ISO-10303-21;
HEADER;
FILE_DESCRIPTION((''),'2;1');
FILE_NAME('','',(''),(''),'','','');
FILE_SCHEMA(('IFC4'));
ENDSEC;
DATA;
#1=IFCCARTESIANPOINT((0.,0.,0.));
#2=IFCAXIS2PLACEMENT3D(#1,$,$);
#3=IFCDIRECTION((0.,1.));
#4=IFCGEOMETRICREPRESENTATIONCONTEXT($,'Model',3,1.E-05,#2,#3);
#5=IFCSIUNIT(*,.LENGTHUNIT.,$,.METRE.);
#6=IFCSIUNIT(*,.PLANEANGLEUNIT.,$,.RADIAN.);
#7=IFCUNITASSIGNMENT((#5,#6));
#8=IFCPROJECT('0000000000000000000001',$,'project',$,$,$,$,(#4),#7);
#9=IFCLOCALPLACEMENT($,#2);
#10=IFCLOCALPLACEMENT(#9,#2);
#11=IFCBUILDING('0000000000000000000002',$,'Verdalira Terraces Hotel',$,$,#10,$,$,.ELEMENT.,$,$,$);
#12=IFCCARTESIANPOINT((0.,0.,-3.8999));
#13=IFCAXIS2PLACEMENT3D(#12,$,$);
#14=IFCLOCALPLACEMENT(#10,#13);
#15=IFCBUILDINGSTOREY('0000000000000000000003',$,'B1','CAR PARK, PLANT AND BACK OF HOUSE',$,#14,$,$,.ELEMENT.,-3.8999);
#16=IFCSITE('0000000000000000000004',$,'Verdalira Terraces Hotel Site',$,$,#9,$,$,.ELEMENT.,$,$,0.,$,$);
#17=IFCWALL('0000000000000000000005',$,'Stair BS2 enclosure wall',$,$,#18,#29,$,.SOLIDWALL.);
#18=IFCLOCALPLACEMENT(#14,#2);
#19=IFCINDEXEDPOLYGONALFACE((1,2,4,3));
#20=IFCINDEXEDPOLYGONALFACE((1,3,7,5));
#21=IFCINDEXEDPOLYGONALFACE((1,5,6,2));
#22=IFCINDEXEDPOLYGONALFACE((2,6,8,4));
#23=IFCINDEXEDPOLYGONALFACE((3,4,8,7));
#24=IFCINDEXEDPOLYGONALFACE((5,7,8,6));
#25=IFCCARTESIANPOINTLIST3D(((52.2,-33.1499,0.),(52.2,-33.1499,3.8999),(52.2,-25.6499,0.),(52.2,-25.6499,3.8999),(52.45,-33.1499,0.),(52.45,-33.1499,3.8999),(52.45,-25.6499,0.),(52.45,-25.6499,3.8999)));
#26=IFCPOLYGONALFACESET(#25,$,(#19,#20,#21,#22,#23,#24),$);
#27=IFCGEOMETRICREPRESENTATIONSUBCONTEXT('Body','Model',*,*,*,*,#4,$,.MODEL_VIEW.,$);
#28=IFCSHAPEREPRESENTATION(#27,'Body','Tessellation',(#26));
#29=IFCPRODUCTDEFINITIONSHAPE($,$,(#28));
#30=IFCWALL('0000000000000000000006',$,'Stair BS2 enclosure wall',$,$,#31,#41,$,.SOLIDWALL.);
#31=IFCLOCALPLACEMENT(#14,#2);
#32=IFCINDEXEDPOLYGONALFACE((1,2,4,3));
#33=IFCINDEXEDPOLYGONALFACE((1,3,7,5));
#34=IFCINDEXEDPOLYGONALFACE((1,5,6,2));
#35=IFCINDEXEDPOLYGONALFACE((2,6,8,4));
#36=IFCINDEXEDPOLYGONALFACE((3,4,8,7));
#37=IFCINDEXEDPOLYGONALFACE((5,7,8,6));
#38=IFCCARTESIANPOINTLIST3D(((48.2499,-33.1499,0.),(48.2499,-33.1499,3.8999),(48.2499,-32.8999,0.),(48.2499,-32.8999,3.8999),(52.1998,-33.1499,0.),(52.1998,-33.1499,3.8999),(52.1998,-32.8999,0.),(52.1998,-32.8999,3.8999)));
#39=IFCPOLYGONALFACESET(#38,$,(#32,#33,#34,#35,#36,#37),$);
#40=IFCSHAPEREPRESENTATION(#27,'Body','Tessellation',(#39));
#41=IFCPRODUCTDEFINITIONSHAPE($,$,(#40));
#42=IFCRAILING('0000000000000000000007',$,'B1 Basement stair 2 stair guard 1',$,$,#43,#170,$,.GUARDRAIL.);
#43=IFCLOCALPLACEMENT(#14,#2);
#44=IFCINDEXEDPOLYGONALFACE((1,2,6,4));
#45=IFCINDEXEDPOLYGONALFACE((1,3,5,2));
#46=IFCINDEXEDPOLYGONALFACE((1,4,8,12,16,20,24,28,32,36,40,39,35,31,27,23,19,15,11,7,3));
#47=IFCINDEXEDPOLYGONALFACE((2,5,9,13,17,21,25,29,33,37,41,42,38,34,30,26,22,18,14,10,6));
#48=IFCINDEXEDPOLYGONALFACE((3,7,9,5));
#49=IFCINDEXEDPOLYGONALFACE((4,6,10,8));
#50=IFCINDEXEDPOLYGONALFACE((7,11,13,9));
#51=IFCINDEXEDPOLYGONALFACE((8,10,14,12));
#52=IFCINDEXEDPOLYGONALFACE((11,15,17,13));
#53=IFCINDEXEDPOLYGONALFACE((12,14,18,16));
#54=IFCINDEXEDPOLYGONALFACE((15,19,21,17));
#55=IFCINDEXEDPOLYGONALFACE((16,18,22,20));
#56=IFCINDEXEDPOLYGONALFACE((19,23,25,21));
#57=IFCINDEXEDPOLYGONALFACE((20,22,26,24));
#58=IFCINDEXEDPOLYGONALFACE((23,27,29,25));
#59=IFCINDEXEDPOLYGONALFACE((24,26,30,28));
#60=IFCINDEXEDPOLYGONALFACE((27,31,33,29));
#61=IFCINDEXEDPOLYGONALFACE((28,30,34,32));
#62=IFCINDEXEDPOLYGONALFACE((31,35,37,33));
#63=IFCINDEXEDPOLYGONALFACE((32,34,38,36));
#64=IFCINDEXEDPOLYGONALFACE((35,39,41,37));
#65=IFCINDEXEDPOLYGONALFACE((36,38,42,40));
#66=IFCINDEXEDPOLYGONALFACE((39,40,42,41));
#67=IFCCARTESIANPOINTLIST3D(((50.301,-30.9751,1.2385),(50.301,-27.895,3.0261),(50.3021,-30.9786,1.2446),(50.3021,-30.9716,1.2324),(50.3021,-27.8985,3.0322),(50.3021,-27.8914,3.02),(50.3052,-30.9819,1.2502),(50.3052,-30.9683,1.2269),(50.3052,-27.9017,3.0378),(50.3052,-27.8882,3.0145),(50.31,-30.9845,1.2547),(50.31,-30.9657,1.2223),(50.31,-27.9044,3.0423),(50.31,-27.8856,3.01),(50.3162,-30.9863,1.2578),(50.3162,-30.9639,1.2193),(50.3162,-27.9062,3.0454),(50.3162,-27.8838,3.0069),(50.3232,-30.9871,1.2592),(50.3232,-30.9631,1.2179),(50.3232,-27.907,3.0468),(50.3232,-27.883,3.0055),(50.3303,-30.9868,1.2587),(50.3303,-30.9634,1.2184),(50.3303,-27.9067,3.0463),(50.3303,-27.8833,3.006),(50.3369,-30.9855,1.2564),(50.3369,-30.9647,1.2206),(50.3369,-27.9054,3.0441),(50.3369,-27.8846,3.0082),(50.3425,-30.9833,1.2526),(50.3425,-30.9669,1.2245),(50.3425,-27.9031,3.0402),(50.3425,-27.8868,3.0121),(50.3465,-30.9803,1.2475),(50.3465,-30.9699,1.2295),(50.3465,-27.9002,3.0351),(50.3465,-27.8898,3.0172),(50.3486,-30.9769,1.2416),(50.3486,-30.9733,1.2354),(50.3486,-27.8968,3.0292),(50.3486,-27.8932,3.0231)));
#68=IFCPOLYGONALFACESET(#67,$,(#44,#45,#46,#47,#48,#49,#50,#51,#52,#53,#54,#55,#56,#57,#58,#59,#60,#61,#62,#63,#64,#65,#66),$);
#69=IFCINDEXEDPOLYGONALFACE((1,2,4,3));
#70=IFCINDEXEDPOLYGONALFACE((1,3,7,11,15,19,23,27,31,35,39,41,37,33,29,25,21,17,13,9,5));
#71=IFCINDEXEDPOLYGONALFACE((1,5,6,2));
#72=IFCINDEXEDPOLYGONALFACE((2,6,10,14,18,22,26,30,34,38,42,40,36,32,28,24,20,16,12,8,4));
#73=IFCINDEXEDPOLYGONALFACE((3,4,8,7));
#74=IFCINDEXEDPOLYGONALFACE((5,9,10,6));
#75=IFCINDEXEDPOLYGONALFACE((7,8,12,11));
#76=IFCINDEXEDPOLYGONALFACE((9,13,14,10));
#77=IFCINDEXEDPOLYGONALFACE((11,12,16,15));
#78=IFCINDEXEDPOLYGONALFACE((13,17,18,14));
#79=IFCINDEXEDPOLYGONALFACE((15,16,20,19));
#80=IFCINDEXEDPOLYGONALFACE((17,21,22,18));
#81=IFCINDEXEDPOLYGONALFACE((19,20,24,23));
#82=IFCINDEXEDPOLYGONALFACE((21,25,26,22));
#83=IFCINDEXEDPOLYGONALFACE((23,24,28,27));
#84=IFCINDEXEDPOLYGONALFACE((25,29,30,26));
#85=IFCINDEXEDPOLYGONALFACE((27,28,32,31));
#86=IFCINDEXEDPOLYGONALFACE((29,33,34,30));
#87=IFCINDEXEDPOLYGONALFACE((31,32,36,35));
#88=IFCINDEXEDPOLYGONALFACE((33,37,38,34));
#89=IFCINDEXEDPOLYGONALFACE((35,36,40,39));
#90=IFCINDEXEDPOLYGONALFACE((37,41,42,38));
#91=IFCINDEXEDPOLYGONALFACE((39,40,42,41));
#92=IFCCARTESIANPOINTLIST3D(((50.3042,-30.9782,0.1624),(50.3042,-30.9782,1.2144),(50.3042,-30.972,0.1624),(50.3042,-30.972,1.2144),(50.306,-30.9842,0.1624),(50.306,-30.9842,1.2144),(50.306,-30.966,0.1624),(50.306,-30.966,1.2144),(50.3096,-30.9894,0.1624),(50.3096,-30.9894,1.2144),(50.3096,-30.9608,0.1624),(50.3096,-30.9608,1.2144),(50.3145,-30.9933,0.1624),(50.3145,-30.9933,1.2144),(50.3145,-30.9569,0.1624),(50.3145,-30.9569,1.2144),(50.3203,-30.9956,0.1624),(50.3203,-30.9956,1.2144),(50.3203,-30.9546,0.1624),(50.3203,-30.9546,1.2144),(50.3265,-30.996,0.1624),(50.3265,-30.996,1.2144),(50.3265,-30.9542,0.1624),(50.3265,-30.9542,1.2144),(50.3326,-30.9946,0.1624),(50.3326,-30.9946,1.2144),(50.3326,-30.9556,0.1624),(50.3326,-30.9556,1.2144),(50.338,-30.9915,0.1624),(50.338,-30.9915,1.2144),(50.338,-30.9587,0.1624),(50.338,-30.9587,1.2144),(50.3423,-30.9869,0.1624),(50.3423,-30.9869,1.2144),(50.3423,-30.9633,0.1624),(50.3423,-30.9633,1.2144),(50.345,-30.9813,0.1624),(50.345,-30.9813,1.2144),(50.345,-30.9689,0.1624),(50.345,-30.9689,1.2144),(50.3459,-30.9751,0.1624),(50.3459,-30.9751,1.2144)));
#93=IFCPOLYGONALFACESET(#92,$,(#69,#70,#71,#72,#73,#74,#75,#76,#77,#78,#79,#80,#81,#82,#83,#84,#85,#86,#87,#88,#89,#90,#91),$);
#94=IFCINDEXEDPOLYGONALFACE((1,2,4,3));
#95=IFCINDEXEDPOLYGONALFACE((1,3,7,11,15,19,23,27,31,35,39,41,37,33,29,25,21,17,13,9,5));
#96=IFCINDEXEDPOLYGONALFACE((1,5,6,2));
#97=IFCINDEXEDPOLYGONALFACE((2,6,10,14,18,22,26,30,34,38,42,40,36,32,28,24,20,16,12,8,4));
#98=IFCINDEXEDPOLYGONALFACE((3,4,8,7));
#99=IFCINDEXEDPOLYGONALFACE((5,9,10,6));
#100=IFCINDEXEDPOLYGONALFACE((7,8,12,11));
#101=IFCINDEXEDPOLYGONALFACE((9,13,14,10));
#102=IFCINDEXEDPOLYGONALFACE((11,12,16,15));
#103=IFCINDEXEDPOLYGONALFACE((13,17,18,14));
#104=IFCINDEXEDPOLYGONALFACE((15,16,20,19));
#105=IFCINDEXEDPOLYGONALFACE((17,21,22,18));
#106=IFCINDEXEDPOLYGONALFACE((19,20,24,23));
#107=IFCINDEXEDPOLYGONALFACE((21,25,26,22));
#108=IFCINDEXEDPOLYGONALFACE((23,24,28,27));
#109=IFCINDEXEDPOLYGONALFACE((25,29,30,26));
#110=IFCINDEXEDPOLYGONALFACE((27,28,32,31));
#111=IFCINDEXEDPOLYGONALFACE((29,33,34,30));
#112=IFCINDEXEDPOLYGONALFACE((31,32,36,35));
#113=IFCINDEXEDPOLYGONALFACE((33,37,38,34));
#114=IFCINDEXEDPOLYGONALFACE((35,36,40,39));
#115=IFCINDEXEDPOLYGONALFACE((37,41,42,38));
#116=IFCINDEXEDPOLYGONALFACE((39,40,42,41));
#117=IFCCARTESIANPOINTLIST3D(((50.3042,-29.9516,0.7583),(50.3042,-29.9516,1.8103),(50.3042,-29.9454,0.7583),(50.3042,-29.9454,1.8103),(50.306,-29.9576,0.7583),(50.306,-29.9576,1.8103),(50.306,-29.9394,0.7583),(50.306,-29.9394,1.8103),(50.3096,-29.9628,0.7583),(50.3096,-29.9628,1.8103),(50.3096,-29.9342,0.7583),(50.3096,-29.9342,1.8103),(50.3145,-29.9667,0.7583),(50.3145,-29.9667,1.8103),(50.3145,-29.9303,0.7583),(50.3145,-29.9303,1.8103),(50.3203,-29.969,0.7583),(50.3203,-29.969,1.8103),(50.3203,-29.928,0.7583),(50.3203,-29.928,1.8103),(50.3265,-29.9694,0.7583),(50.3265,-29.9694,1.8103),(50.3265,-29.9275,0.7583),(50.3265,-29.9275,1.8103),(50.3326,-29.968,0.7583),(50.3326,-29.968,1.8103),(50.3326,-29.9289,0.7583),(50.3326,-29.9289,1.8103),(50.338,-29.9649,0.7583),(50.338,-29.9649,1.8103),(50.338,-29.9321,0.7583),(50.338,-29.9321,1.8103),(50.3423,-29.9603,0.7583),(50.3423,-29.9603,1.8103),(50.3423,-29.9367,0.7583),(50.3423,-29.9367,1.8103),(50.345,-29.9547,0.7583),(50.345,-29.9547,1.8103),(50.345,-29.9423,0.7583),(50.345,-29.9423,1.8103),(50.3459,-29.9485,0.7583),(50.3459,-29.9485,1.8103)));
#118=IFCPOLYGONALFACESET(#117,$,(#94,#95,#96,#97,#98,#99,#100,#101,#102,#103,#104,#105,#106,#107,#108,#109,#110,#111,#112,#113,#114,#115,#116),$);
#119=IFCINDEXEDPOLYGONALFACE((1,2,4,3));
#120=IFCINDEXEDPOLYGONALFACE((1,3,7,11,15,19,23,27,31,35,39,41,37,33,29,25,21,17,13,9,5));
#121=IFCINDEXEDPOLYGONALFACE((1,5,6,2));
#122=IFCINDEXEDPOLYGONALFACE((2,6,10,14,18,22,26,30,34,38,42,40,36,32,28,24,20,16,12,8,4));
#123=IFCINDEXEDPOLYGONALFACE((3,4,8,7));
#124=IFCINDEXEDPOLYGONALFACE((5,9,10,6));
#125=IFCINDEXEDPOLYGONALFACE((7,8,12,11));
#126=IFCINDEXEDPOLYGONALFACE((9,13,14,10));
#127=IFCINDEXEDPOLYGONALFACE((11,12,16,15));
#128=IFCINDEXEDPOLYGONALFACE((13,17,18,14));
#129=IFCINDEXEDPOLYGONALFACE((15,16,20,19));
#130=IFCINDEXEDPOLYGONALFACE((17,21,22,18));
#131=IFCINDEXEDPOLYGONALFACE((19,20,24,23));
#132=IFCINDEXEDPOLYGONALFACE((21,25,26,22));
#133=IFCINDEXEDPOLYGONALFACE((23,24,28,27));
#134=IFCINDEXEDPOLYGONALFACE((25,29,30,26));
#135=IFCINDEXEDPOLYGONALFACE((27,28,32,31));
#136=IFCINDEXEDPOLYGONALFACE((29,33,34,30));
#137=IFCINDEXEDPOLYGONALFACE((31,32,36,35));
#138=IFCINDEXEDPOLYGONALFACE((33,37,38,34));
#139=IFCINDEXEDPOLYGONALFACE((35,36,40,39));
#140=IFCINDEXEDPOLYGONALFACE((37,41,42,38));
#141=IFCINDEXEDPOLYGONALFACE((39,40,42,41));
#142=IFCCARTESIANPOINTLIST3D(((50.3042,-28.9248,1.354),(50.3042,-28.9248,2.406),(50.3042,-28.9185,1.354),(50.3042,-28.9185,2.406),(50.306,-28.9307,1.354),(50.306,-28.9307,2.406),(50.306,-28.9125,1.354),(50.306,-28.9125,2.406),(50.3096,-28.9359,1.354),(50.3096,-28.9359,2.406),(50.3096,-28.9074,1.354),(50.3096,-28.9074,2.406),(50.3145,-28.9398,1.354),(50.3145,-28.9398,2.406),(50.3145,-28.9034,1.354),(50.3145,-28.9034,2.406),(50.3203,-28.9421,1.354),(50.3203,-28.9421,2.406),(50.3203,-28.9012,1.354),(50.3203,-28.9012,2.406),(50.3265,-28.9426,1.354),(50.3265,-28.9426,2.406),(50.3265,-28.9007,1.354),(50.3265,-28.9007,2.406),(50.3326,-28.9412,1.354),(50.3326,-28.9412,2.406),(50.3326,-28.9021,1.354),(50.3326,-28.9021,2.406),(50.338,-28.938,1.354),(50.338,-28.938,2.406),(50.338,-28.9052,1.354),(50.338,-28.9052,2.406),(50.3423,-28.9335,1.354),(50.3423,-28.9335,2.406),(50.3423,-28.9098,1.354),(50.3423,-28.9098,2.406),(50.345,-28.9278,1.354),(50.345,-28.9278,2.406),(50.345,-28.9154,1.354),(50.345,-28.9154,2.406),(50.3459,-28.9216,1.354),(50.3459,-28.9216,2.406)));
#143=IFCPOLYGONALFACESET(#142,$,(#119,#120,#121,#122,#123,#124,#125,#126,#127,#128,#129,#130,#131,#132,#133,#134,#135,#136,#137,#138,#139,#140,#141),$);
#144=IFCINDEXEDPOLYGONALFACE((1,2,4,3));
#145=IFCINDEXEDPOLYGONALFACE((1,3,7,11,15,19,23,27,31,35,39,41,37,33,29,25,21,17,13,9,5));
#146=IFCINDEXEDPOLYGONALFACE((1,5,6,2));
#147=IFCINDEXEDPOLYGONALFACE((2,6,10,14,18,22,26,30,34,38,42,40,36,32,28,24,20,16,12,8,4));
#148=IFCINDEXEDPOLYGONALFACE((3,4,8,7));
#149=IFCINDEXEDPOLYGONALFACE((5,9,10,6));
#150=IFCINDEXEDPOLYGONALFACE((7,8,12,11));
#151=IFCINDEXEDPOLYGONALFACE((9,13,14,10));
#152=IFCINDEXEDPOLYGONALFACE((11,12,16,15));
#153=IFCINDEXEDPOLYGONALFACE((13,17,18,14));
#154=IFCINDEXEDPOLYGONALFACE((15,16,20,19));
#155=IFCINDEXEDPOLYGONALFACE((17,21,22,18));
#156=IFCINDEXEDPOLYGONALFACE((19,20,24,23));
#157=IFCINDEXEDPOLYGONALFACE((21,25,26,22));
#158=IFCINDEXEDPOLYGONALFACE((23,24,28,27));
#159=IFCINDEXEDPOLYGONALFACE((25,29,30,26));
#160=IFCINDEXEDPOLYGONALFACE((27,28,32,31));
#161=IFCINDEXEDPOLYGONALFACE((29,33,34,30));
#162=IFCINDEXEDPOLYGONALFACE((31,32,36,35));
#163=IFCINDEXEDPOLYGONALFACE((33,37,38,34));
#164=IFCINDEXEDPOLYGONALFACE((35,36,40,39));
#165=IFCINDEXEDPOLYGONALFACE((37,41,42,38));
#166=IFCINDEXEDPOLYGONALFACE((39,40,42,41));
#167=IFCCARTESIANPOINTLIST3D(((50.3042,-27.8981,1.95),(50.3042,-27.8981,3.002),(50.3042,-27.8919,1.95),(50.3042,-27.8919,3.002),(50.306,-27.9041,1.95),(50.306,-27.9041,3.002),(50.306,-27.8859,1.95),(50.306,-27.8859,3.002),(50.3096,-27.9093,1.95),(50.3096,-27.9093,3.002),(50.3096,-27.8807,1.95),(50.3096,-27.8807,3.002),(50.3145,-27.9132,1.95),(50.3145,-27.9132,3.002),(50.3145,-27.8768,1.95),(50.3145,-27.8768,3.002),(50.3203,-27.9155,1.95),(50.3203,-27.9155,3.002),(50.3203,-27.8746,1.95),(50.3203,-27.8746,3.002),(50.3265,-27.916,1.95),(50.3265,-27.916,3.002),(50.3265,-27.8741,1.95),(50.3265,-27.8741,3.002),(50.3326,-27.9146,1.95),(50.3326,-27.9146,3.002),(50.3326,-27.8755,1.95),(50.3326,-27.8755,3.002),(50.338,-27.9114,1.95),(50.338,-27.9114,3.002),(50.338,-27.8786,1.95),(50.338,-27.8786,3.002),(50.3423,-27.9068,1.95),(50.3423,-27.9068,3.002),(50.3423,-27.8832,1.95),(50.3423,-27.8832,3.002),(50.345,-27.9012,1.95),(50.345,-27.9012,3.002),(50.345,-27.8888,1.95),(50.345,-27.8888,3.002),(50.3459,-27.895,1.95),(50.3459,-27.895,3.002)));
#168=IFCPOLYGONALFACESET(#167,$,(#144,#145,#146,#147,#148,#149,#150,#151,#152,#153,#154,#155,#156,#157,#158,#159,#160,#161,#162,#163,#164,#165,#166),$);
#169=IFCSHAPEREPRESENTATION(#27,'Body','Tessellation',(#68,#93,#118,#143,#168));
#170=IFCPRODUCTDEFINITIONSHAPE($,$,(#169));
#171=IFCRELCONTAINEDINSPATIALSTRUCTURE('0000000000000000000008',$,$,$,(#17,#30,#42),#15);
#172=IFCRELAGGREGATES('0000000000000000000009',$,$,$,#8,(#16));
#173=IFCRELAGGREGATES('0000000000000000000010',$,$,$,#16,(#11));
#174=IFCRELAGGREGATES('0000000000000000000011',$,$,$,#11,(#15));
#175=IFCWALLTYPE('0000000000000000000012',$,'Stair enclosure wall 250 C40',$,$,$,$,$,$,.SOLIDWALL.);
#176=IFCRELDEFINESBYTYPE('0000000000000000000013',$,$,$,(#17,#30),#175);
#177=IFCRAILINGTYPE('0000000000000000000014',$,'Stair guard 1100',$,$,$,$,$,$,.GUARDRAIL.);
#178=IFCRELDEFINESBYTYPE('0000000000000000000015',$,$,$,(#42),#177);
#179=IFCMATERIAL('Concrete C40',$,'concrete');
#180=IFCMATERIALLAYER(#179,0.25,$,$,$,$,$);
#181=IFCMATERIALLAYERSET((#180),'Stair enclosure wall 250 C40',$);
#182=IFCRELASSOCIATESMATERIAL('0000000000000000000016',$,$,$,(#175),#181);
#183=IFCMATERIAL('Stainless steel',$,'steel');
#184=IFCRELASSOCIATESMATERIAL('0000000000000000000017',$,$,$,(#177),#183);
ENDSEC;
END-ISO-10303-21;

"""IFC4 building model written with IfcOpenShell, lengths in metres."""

from ifc_helpers import new_model, si_unit, direction, frame, frame_2d, origin, origin_2d, place, context, subcontext, project, spatial, rectangle, circle, extrude, material, layer, layer_set, type_object, element, save


model = new_model("IFC4")

# Units and contexts
model_context = context("Model", 3, precision=1e-05, world=origin(), true_north=direction((0.0, 1.0)))
body_context = subcontext(model_context, "Body", "Model", "MODEL_VIEW")
ifc_project = project(units=[si_unit("LENGTHUNIT", "METRE"), si_unit("PLANEANGLEUNIT", "RADIAN")], contexts=[model_context])

# Site, building, storey
site_placement = place(None, origin())
site = spatial("IfcSite", under=ifc_project, at=site_placement, Name="Verdalira Terraces Hotel Site", CompositionType="ELEMENT", RefElevation=0.0)
building_placement = place(site_placement, origin())
building = spatial("IfcBuilding", under=site, at=building_placement, Name="Verdalira Terraces Hotel", CompositionType="ELEMENT")
storey_placement = place(building_placement, frame((0.0, 0.0, -3.8999)))
storey = spatial("IfcBuildingStorey", under=building, at=storey_placement, Name="B1", Description="CAR PARK, PLANT AND BACK OF HOUSE", CompositionType="ELEMENT", Elevation=-3.8999)

# Shared definitions
ifc_material_1 = material(Name="Concrete C40", Category="concrete")
ifc_layer_1 = layer(ifc_material_1, 0.25)
ifc_layer_set_1 = layer_set([ifc_layer_1], Name="Stair enclosure wall 250 C40")
wall_type_1 = type_object("IfcWallType", Name="Stair enclosure wall 250 C40", PredefinedType="SOLIDWALL", material=ifc_layer_set_1)

# Walls
wall_1_placement = place(storey_placement, frame((52.325, -33.1499, 0.0), z_axis=(0.0, 0.0, 1.0), x_axis=(0.0, 1.0, 0.0)))
element("IfcWall", 1, at=wall_1_placement, inside=storey, type_object=wall_type_1, Name="Stair BS2 enclosure wall", PredefinedType="SOLIDWALL", context=body_context, shape_type="SweptSolid", body=[
    extrude(rectangle(XDim=7.5, YDim=0.25, at=frame_2d((3.75, 0.0))), origin(), (0.0, 0.0, 1.0), 3.8999),
])
wall_2_placement = place(storey_placement, frame((52.2, -33.0249, 0.0), z_axis=(0.0, 0.0, 1.0), x_axis=(-1.0, 0.0, 0.0)))
element("IfcWall", 2, at=wall_2_placement, inside=storey, type_object=wall_type_1, Name="Stair BS2 enclosure wall", PredefinedType="SOLIDWALL", context=body_context, shape_type="SweptSolid", body=[
    extrude(rectangle(XDim=3.95, YDim=0.25, at=frame_2d((1.9751, 0.0))), origin(), (0.0, 0.0, 1.0), 3.8999),
])

# Railing
ifc_material_2 = material(Name="Stainless steel", Category="steel")
railing_type_1 = type_object("IfcRailingType", Name="Stair guard 1100", PredefinedType="GUARDRAIL", material=ifc_material_2)
railing_1_placement = place(storey_placement, frame((50.325, -30.9751, 0.1624)))
element("IfcRailing", 3, at=railing_1_placement, inside=storey, type_object=railing_type_1, Name="B1 Basement stair 2 stair guard 1", PredefinedType="GUARDRAIL", context=body_context, shape_type="SweptSolid", body=[
    extrude(circle(Radius=0.0239, at=origin_2d()), frame((0.0, 0.0, 1.0762), z_axis=(0.0, 0.864891, 0.50196), x_axis=(-1.0, 0.0, 0.0)), (0.0, 0.0, 1.0), 3.5613),
    extrude(circle(Radius=0.021, at=origin_2d()), origin(), (0.0, 0.0, 1.0), 1.052),
    extrude(circle(Radius=0.021, at=origin_2d()), frame((0.0, 1.0266, 0.5959)), (0.0, 0.0, 1.0), 1.052),
    extrude(circle(Radius=0.021, at=origin_2d()), frame((0.0, 2.0535, 1.1917)), (0.0, 0.0, 1.0), 1.052),
    extrude(circle(Radius=0.021, at=origin_2d()), frame((0.0, 3.0801, 1.7876)), (0.0, 0.0, 1.0), 1.052),
])

save(model, "model.ifc")
